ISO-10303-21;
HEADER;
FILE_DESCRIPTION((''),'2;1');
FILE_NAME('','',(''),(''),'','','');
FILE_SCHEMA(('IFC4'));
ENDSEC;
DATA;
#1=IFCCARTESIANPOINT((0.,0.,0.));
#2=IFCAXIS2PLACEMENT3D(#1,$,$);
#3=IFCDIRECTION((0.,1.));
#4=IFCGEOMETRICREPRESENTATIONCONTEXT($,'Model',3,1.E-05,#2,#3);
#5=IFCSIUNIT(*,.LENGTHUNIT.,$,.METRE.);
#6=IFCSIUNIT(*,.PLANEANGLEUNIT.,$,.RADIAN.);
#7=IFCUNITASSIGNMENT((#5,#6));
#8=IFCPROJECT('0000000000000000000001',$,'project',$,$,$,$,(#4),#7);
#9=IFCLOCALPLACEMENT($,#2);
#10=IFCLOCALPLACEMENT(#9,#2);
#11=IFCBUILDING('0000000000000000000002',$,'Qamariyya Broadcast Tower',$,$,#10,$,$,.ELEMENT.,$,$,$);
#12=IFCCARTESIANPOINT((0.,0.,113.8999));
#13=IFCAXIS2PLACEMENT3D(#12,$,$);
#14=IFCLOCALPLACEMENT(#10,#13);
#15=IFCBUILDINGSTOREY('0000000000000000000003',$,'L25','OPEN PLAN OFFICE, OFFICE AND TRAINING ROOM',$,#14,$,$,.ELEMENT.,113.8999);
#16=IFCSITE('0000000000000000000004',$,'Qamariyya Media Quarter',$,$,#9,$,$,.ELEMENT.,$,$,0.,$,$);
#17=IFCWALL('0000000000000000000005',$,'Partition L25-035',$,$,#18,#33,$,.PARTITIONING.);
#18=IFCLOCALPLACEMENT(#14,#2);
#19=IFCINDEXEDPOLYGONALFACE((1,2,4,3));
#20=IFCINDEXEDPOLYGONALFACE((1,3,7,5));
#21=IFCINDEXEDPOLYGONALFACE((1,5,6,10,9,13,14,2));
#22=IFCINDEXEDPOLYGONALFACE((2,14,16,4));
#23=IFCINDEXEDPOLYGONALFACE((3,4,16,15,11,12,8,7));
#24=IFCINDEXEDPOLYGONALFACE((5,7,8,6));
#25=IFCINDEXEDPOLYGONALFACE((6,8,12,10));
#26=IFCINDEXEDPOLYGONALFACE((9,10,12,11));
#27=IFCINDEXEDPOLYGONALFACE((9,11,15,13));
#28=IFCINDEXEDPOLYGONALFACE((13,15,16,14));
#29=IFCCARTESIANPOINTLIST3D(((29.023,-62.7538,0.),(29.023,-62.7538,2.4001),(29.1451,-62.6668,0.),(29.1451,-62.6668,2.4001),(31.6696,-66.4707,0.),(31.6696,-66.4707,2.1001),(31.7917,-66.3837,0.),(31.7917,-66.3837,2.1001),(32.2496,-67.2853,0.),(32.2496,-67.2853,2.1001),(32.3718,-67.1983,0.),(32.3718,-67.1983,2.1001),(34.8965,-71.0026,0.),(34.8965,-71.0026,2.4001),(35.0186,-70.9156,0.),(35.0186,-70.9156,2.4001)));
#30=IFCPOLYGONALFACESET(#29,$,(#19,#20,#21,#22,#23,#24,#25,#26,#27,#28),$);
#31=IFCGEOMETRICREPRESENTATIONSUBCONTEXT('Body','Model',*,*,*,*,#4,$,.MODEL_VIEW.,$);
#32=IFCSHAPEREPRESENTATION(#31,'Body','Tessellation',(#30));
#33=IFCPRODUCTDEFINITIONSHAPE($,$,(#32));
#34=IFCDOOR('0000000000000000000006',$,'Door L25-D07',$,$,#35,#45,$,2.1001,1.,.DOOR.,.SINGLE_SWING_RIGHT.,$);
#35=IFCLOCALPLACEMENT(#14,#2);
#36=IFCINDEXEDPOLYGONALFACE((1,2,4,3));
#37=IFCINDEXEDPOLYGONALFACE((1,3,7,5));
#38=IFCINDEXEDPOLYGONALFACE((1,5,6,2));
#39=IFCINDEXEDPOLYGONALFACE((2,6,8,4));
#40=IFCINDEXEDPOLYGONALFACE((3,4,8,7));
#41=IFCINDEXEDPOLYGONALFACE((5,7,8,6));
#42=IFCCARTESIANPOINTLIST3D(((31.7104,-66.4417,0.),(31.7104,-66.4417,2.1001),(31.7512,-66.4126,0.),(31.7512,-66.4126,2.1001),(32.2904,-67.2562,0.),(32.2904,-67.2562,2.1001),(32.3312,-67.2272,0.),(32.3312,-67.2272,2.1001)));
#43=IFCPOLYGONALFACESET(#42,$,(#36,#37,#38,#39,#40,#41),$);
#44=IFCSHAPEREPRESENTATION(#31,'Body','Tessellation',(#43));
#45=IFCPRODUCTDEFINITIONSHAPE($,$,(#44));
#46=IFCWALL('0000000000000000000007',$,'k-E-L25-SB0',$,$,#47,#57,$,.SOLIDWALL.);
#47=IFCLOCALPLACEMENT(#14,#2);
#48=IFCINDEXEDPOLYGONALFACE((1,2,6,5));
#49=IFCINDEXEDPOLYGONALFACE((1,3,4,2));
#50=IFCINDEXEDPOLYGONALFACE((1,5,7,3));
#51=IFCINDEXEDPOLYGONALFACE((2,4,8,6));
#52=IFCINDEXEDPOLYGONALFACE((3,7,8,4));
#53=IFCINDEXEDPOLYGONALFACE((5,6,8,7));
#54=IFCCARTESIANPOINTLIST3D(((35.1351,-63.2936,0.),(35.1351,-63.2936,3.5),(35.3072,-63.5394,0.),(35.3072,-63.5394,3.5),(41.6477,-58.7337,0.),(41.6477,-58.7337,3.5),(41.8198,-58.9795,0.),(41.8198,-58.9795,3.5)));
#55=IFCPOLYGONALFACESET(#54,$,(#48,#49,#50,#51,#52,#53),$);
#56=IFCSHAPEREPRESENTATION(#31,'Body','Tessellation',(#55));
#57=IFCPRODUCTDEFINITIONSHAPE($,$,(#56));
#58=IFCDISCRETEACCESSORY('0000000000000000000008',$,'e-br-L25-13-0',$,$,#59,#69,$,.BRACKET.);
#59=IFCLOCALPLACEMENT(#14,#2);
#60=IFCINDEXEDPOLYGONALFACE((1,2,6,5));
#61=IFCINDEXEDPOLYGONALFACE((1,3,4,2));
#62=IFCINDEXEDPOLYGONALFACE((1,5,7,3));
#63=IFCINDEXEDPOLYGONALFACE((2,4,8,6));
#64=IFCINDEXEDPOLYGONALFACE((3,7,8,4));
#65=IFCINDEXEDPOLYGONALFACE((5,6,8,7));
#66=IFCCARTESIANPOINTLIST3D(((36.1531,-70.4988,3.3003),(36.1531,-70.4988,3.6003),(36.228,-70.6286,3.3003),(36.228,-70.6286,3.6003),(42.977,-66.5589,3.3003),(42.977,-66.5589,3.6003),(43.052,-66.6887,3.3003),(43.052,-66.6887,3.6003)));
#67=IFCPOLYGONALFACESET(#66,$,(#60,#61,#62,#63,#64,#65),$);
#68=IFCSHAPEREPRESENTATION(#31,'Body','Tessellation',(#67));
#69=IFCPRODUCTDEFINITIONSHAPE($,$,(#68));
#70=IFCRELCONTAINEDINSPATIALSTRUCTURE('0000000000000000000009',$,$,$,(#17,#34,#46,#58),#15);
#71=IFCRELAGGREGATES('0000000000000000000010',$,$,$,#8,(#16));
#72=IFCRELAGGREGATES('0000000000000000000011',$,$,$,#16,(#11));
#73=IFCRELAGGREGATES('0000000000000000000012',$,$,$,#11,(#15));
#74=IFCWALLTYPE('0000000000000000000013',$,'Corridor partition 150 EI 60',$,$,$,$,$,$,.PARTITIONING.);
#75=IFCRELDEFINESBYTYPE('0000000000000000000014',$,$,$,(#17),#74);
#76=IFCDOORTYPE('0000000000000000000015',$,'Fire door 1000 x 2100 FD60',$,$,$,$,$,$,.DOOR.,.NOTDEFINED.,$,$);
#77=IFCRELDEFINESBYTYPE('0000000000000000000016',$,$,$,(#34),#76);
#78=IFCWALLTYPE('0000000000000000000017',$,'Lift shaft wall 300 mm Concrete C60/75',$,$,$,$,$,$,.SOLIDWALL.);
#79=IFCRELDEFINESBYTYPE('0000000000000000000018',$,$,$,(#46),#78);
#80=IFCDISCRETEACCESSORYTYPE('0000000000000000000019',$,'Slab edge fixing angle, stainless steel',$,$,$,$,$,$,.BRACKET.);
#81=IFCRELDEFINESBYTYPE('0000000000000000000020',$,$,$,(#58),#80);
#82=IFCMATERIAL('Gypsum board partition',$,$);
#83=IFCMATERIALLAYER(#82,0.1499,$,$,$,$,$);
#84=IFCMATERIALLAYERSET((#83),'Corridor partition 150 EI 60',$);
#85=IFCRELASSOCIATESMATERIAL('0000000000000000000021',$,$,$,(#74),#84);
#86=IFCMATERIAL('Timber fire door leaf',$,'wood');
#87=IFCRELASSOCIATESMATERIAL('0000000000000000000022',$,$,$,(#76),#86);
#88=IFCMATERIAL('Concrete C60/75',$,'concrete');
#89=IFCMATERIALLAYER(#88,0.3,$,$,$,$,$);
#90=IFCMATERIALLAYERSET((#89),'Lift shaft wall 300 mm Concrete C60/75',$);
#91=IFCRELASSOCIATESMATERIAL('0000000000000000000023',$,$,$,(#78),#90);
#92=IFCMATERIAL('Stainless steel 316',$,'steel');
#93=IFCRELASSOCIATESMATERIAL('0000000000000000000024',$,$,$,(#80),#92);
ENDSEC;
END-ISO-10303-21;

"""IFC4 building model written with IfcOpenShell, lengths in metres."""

from ifc_helpers import new_model, si_unit, direction, frame, frame_2d, origin, origin_2d, place, context, subcontext, project, spatial, rectangle, extrude, material, layer, layer_set, type_object, element, fill, save


model = new_model("IFC4")

# Units and contexts
model_context = context("Model", 3, precision=1e-05, world=origin(), true_north=direction((0.0, 1.0)))
body_context = subcontext(model_context, "Body", "Model", "MODEL_VIEW")
ifc_project = project(units=[si_unit("LENGTHUNIT", "METRE"), si_unit("PLANEANGLEUNIT", "RADIAN")], contexts=[model_context])

# Site, building, storey
site_placement = place(None, origin())
site = spatial("IfcSite", under=ifc_project, at=site_placement, Name="Qamariyya Media Quarter", CompositionType="ELEMENT", RefElevation=0.0)
building_placement = place(site_placement, origin())
building = spatial("IfcBuilding", under=site, at=building_placement, Name="Qamariyya Broadcast Tower", CompositionType="ELEMENT")
storey_placement = place(building_placement, frame((0.0, 0.0, 113.8999)))
storey = spatial("IfcBuildingStorey", under=building, at=storey_placement, Name="L25", Description="OPEN PLAN OFFICE, OFFICE AND TRAINING ROOM", CompositionType="ELEMENT", Elevation=113.8999)

# Wall, opening, door
ifc_material_1 = material(Name="Gypsum board partition")
ifc_layer_1 = layer(ifc_material_1, 0.1499)
ifc_layer_set_1 = layer_set([ifc_layer_1], Name="Corridor partition 150 EI 60")
wall_type_1 = type_object("IfcWallType", Name="Corridor partition 150 EI 60", PredefinedType="PARTITIONING", material=ifc_layer_set_1)
wall_1_placement = place(storey_placement, frame((34.9575, -70.959, 0.0), z_axis=(0.0, 0.0, 1.0), x_axis=(-0.580031, 0.814594, 0.0)))
wall_1 = element("IfcWall", 1, at=wall_1_placement, inside=storey, type_object=wall_type_1, Name="Partition L25-035", PredefinedType="PARTITIONING", context=body_context, shape_type="SweptSolid", body=[
    extrude(rectangle(XDim=10.1262, YDim=0.1499, at=frame_2d((5.063, 0.0))), origin(), (0.0, 0.0, 1.0), 2.4001),
])
opening_1_placement = place(wall_1_placement, frame((4.5632, 0.0, 0.0)))
opening_1 = element("IfcOpeningElement", 2, at=opening_1_placement, cuts=wall_1, PredefinedType="OPENING", context=body_context, shape_type="SweptSolid", body=[
    extrude(rectangle(XDim=1.0, YDim=2.1001, at=frame_2d((0.5, 1.05))), frame((0.0, 0.085, 0.0), z_axis=(0.0, -1.0, 0.0), x_axis=(1.0, 0.0, 0.0)), (0.0, 0.0, 1.0), 0.1699),
])
ifc_material_2 = material(Name="Timber fire door leaf", Category="wood")
door_type_1 = type_object("IfcDoorType", Name="Fire door 1000 x 2100 FD60", OperationType="NOTDEFINED", PredefinedType="DOOR", material=ifc_material_2)
door_1_placement = place(opening_1_placement, origin())
door_1 = element("IfcDoor", 3, at=door_1_placement, inside=storey, type_object=door_type_1, Name="Door L25-D07", OperationType="SINGLE_SWING_RIGHT", OverallHeight=2.1001, OverallWidth=1.0, PredefinedType="DOOR", context=body_context, shape_type="SweptSolid", body=[
    extrude(rectangle(XDim=1.0, YDim=2.1001, at=frame_2d((0.5, 1.05))), frame((0.0, 0.0249, 0.0), z_axis=(0.0, -1.0, 0.0), x_axis=(1.0, 0.0, 0.0)), (0.0, 0.0, 1.0), 0.05),
])
fill(opening_1, door_1)

# Wall
ifc_material_3 = material(Name="Concrete C60/75", Category="concrete")
ifc_layer_2 = layer(ifc_material_3, 0.3)
ifc_layer_set_2 = layer_set([ifc_layer_2], Name="Lift shaft wall 300 mm Concrete C60/75")
wall_type_2 = type_object("IfcWallType", Name="Lift shaft wall 300 mm Concrete C60/75", PredefinedType="SOLIDWALL", material=ifc_layer_set_2)
wall_2_placement = place(storey_placement, frame((35.2212, -63.4165, 0.0), z_axis=(0.0, 0.0, 1.0), x_axis=(0.819167, 0.573555, 0.0)))
element("IfcWall", 4, at=wall_2_placement, inside=storey, type_object=wall_type_2, Name="k-E-L25-SB0", PredefinedType="SOLIDWALL", context=body_context, shape_type="SweptSolid", body=[
    extrude(rectangle(XDim=7.9502, YDim=0.3, at=frame_2d((3.9751, 0.0))), origin(), (0.0, 0.0, 1.0), 3.5),
])

# Discrete accessory
ifc_material_4 = material(Name="Stainless steel 316", Category="steel")
discrete_accessory_type = type_object("IfcDiscreteAccessoryType", Name="Slab edge fixing angle, stainless steel", PredefinedType="BRACKET", material=ifc_material_4)
discrete_accessory_placement = place(storey_placement, frame((39.6025, -68.5938, 3.3003), z_axis=(0.0, 0.0, 1.0), x_axis=(0.866025, 0.5, 0.0)))
element("IfcDiscreteAccessory", 5, at=discrete_accessory_placement, inside=storey, type_object=discrete_accessory_type, Name="e-br-L25-13-0", PredefinedType="BRACKET", context=body_context, shape_type="SweptSolid", body=[
    extrude(rectangle(XDim=7.8796, YDim=0.1499, at=origin_2d()), origin(), (0.0, 0.0, 1.0), 0.3),
])

save(model, "model.ifc")
